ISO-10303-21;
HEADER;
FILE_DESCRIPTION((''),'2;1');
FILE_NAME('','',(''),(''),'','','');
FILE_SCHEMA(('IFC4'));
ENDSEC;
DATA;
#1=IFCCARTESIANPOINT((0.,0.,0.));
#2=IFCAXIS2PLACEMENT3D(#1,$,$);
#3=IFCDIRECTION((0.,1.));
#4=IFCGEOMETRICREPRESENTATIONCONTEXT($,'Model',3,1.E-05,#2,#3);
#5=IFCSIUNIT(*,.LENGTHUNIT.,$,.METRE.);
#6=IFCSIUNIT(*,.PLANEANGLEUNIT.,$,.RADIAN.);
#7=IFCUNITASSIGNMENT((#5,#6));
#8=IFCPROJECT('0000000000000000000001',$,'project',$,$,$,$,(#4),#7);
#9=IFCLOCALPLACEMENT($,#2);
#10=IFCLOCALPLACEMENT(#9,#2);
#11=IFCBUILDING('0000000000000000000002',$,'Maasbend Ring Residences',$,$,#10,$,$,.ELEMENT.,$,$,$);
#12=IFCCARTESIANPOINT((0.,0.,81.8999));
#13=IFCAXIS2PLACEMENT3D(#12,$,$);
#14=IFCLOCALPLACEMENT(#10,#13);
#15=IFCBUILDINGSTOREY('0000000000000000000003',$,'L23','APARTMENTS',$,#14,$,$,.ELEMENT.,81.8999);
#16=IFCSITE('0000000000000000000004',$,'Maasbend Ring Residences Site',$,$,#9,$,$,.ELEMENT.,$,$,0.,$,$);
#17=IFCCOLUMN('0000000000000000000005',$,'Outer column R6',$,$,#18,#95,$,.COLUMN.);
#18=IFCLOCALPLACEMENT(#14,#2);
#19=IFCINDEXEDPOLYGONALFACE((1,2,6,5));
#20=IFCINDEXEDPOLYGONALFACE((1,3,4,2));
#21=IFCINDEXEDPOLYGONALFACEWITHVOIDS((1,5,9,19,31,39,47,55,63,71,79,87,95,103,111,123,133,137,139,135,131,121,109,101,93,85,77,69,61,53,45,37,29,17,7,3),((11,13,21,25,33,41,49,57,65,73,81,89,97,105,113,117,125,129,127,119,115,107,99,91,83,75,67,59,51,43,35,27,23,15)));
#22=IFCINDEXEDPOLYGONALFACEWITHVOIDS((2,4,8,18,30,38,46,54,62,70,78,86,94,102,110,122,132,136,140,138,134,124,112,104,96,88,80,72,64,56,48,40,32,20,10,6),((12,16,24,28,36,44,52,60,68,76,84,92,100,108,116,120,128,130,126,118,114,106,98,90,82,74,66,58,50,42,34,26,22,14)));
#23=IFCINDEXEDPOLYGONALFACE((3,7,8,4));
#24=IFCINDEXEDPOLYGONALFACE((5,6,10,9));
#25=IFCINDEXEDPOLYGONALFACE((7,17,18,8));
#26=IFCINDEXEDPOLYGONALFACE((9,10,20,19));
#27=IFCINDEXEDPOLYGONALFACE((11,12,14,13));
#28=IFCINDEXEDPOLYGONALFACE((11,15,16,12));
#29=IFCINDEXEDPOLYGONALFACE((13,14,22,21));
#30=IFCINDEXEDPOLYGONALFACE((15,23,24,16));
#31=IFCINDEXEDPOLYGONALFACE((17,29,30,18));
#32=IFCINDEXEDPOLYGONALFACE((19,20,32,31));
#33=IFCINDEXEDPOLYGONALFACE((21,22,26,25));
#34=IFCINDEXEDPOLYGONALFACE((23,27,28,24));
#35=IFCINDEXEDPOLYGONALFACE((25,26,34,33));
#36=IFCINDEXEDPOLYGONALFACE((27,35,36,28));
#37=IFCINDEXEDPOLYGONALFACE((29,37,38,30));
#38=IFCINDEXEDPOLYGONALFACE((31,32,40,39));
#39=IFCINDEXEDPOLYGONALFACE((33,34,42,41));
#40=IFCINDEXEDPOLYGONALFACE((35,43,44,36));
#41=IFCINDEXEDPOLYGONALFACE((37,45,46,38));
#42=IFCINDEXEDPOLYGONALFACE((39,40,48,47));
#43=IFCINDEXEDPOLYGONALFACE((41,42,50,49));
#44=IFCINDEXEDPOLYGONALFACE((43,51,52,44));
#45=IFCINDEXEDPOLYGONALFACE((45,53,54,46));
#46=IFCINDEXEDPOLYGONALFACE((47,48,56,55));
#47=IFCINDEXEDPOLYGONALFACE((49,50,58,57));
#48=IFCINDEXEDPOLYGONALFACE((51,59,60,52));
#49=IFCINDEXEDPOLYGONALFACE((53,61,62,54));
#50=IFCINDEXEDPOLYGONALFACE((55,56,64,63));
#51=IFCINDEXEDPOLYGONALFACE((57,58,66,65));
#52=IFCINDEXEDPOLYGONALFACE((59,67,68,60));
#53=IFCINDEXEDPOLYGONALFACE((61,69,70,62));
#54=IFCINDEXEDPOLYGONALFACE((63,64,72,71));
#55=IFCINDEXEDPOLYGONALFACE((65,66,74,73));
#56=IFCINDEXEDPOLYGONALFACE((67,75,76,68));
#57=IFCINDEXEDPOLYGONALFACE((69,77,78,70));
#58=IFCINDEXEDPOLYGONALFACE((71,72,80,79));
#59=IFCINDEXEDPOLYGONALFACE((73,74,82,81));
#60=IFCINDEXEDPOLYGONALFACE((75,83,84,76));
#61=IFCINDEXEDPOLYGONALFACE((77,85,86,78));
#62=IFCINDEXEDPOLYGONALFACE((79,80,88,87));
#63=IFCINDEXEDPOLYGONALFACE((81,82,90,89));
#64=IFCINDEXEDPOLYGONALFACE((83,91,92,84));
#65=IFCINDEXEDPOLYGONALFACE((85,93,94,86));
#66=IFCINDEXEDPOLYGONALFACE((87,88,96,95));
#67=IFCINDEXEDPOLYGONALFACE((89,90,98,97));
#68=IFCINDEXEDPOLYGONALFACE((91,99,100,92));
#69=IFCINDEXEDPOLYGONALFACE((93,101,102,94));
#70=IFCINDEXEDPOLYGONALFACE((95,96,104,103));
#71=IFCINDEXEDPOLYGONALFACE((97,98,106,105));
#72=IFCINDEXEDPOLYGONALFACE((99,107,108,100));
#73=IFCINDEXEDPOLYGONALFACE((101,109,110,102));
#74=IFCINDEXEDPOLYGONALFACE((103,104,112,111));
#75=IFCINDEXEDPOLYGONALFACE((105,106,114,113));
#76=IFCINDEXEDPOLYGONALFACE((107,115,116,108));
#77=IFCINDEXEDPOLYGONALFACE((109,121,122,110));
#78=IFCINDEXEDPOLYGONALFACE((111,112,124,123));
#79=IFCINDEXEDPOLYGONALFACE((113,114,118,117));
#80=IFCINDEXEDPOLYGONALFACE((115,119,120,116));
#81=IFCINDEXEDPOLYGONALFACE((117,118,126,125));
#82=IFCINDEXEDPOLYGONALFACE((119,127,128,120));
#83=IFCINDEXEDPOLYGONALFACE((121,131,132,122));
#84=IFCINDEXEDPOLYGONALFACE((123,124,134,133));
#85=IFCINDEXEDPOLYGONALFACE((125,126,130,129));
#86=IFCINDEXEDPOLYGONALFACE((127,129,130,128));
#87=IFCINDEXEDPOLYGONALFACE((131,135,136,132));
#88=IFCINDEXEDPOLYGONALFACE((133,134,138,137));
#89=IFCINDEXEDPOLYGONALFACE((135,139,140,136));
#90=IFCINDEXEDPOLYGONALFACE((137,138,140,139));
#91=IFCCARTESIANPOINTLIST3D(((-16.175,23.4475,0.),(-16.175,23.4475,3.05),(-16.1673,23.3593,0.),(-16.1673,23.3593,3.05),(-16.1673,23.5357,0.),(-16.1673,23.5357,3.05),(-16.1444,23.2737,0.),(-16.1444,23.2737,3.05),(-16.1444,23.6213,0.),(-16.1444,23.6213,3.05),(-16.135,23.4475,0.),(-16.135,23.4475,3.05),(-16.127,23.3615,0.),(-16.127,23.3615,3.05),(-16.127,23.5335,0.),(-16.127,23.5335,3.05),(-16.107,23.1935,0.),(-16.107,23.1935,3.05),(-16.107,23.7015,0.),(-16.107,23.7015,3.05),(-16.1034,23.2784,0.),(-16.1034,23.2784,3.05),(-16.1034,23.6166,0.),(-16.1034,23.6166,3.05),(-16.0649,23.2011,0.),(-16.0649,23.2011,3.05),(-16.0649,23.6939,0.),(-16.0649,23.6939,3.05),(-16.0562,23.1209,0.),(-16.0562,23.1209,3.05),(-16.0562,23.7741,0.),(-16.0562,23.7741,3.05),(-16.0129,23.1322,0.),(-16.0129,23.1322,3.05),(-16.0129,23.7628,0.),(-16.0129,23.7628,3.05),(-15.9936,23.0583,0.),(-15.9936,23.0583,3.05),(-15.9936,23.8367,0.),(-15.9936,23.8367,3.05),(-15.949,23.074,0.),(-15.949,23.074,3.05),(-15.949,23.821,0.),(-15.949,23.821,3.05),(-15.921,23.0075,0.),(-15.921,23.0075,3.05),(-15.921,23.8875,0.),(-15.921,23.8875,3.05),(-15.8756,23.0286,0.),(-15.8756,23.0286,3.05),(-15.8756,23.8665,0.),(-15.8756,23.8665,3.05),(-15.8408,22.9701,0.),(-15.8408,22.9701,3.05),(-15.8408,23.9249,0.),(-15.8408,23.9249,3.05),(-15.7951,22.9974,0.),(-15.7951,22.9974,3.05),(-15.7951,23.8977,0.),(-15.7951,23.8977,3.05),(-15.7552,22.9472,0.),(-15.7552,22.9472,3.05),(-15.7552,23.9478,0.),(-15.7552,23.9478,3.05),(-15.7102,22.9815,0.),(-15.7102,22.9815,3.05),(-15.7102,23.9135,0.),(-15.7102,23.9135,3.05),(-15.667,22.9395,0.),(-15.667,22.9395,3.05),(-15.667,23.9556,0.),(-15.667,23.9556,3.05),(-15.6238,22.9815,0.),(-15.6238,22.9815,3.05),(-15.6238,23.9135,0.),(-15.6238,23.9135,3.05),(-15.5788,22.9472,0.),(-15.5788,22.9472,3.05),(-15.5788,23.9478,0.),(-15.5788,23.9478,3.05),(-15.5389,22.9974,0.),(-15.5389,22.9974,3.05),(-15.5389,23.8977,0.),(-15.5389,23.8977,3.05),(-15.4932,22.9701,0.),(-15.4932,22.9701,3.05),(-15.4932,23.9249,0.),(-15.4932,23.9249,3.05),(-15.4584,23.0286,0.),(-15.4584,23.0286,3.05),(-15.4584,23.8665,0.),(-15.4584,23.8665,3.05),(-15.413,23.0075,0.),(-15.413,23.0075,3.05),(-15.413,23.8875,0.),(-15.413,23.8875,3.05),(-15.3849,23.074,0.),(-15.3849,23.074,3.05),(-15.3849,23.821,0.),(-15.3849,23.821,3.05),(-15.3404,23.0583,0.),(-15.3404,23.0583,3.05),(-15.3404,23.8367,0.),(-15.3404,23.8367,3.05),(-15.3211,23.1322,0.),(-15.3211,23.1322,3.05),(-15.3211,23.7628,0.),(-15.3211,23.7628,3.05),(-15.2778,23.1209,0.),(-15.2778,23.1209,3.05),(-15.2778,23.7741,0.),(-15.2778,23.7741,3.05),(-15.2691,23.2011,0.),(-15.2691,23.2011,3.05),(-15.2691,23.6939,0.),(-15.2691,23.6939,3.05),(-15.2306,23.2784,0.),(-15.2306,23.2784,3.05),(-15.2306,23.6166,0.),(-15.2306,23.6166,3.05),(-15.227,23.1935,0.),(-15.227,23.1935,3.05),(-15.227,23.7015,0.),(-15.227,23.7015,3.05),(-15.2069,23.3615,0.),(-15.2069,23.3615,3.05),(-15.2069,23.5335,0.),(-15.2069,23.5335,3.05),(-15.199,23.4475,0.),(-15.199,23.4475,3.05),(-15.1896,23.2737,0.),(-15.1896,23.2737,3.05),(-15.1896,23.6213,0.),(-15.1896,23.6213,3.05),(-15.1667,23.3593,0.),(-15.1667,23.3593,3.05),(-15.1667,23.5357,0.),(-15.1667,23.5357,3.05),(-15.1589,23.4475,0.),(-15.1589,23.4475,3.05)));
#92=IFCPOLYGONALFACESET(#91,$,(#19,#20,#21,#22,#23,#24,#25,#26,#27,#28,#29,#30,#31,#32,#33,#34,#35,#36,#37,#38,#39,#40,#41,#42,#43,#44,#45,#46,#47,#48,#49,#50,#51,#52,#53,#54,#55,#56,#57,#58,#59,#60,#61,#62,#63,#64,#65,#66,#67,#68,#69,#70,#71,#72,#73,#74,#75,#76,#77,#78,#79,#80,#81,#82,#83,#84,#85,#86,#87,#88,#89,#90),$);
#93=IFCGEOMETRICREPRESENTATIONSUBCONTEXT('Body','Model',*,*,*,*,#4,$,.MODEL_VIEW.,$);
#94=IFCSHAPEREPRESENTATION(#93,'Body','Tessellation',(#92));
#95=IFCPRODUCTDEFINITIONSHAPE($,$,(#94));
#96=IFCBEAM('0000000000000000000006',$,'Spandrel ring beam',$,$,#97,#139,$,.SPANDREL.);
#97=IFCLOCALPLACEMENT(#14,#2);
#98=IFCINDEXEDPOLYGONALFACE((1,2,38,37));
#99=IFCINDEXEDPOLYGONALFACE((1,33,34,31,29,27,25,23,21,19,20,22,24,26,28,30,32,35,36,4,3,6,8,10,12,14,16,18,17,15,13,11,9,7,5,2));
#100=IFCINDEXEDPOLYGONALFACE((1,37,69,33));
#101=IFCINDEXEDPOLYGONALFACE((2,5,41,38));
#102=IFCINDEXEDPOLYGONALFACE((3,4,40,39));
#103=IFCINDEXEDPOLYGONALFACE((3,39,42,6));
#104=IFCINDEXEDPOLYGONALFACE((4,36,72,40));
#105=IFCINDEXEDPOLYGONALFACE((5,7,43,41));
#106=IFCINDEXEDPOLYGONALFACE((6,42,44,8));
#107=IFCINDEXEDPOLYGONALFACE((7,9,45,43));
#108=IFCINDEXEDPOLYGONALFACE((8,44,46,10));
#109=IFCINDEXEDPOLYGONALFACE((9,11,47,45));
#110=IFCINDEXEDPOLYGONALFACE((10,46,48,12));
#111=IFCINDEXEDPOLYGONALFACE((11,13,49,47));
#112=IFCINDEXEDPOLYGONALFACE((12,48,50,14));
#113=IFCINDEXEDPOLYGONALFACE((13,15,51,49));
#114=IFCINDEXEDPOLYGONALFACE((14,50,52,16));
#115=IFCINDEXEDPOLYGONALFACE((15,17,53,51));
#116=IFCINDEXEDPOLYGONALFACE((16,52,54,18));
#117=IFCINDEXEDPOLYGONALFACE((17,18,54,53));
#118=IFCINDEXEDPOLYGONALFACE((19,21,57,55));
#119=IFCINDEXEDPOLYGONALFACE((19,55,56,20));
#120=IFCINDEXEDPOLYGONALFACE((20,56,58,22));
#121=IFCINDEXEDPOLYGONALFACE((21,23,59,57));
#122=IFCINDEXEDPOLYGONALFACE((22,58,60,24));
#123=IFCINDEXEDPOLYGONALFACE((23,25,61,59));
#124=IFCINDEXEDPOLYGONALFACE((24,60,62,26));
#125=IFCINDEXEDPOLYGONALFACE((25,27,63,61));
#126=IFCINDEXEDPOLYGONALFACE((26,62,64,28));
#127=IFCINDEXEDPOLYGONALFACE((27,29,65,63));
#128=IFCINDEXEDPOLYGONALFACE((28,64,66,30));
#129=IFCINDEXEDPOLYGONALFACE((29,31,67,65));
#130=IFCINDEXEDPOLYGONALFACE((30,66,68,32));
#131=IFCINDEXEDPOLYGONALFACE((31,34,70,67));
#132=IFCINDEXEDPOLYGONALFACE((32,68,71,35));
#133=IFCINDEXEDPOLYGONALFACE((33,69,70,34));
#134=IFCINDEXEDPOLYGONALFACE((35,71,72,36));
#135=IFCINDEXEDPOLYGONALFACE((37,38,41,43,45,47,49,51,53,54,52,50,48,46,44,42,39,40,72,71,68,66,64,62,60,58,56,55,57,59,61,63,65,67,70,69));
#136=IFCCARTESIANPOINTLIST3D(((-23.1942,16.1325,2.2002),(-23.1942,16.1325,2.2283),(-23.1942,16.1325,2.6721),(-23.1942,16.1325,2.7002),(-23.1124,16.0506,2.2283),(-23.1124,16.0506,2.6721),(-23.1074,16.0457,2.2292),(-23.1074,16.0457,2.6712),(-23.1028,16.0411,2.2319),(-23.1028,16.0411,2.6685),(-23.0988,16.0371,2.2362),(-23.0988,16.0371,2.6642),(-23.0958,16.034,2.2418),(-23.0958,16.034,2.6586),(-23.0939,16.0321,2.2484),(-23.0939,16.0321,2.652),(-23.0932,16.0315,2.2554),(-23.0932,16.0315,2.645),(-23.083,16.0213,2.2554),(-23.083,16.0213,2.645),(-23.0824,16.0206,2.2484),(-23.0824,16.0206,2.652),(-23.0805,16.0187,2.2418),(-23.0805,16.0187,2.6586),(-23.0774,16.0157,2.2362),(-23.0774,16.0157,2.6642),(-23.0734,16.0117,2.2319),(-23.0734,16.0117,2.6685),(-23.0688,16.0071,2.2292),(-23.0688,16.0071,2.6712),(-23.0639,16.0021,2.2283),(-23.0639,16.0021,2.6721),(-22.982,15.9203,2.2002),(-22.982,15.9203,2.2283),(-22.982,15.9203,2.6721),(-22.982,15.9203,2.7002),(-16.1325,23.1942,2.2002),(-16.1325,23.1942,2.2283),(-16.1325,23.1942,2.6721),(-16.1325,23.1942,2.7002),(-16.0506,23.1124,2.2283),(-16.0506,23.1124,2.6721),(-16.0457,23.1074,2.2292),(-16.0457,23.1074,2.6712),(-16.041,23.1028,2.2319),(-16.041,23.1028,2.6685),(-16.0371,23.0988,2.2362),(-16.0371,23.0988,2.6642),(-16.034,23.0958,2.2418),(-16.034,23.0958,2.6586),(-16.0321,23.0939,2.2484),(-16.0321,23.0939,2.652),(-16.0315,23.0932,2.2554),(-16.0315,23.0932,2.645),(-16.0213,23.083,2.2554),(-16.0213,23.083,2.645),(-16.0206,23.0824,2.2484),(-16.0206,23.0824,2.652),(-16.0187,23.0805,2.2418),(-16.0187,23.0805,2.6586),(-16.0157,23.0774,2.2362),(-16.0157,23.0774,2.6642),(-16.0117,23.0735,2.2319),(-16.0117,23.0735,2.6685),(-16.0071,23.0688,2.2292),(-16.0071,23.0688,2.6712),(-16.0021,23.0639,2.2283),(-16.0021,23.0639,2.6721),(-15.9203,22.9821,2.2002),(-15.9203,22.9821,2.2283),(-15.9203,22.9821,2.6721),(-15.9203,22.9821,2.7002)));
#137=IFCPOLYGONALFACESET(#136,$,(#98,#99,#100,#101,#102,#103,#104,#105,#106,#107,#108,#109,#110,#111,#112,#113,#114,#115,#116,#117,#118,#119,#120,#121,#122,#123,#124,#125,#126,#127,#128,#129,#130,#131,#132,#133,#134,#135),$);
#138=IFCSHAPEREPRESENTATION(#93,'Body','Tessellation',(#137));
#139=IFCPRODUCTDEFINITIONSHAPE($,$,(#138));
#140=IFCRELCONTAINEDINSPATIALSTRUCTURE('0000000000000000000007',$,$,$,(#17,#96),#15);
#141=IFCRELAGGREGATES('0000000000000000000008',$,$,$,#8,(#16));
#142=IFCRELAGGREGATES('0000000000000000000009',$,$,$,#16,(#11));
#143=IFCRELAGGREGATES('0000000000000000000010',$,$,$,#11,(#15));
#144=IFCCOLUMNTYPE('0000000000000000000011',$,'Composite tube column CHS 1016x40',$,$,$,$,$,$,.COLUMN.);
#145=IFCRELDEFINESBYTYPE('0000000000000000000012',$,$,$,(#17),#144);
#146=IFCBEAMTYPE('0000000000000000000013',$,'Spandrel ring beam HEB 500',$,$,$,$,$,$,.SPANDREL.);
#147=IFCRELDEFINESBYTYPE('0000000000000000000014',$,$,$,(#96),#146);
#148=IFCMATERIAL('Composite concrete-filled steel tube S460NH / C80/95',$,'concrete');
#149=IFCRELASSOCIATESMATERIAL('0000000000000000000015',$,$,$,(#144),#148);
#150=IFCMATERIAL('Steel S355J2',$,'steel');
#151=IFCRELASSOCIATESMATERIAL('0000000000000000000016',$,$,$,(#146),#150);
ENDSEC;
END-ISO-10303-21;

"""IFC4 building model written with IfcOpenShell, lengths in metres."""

from ifc_helpers import new_model, si_unit, direction, frame, origin, origin_2d, place, context, subcontext, project, spatial, hollow_circle, i_section, extrude, material, material_profile, profile_set, type_object, element, save


model = new_model("IFC4")

# Units and contexts
model_context = context("Model", 3, precision=1e-05, world=origin(), true_north=direction((0.0, 1.0)))
body_context = subcontext(model_context, "Body", "Model", "MODEL_VIEW")
ifc_project = project(units=[si_unit("LENGTHUNIT", "METRE"), si_unit("PLANEANGLEUNIT", "RADIAN")], contexts=[model_context])

# Site, building, storey
site_placement = place(None, origin())
site = spatial("IfcSite", under=ifc_project, at=site_placement, Name="Maasbend Ring Residences Site", CompositionType="ELEMENT", RefElevation=0.0)
building_placement = place(site_placement, origin())
building = spatial("IfcBuilding", under=site, at=building_placement, Name="Maasbend Ring Residences", CompositionType="ELEMENT")
storey_placement = place(building_placement, frame((0.0, 0.0, 81.8999)))
storey = spatial("IfcBuildingStorey", under=building, at=storey_placement, Name="L23", Description="APARTMENTS", CompositionType="ELEMENT", Elevation=81.8999)

# Column
ifc_material_1 = material(Name="Composite concrete-filled steel tube S460NH / C80/95", Category="concrete")
ifc_material_profile_1 = material_profile(ifc_material_1, hollow_circle(Radius=0.5081, WallThickness=0.04, at=origin_2d()), Name="Composite tube column CHS 1016x40")
ifc_profile_set_1 = profile_set([ifc_material_profile_1], Name="Composite concrete-filled steel tube S460NH / C80/95")
column_type = type_object("IfcColumnType", Name="Composite tube column CHS 1016x40", PredefinedType="COLUMN", material=ifc_profile_set_1)
column_placement = place(storey_placement, frame((-15.667, 23.4475, 0.0), z_axis=(0.0, 0.0, 1.0), x_axis=(1.0, 0.0, 0.0)))
element("IfcColumn", 1, at=column_placement, inside=storey, type_object=column_type, Name="Outer column R6", PredefinedType="COLUMN", context=body_context, shape_type="SweptSolid", body=[
    extrude(hollow_circle(Radius=0.5081, WallThickness=0.04, at=origin_2d()), origin(), (0.0, 0.0, 1.0), 3.05),
])

# Beam
ifc_material_2 = material(Name="Steel S355J2", Category="steel")
ifc_material_profile_2 = material_profile(ifc_material_2, i_section(OverallWidth=0.3, OverallDepth=0.5, WebThickness=0.0144, FlangeThickness=0.0281, FilletRadius=0.0271, at=origin_2d()), Name="HEB 500")
ifc_profile_set_2 = profile_set([ifc_material_profile_2], Name="Steel S355J2")
beam_type = type_object("IfcBeamType", Name="Spandrel ring beam HEB 500", PredefinedType="SPANDREL", material=ifc_profile_set_2)
beam_placement = place(storey_placement, frame((-16.0264, 23.0881, 2.4502), z_axis=(-0.707107, -0.707107, 0.0), x_axis=(0.707107, -0.707107, 0.0)))
element("IfcBeam", 2, at=beam_placement, inside=storey, type_object=beam_type, Name="Spandrel ring beam", PredefinedType="SPANDREL", context=body_context, shape_type="SweptSolid", body=[
    extrude(i_section(OverallWidth=0.3, OverallDepth=0.5, WebThickness=0.0144, FlangeThickness=0.0281, FilletRadius=0.0271, at=origin_2d()), origin(), (0.0, 0.0, 1.0), 9.9868),
])

save(model, "model.ifc")
